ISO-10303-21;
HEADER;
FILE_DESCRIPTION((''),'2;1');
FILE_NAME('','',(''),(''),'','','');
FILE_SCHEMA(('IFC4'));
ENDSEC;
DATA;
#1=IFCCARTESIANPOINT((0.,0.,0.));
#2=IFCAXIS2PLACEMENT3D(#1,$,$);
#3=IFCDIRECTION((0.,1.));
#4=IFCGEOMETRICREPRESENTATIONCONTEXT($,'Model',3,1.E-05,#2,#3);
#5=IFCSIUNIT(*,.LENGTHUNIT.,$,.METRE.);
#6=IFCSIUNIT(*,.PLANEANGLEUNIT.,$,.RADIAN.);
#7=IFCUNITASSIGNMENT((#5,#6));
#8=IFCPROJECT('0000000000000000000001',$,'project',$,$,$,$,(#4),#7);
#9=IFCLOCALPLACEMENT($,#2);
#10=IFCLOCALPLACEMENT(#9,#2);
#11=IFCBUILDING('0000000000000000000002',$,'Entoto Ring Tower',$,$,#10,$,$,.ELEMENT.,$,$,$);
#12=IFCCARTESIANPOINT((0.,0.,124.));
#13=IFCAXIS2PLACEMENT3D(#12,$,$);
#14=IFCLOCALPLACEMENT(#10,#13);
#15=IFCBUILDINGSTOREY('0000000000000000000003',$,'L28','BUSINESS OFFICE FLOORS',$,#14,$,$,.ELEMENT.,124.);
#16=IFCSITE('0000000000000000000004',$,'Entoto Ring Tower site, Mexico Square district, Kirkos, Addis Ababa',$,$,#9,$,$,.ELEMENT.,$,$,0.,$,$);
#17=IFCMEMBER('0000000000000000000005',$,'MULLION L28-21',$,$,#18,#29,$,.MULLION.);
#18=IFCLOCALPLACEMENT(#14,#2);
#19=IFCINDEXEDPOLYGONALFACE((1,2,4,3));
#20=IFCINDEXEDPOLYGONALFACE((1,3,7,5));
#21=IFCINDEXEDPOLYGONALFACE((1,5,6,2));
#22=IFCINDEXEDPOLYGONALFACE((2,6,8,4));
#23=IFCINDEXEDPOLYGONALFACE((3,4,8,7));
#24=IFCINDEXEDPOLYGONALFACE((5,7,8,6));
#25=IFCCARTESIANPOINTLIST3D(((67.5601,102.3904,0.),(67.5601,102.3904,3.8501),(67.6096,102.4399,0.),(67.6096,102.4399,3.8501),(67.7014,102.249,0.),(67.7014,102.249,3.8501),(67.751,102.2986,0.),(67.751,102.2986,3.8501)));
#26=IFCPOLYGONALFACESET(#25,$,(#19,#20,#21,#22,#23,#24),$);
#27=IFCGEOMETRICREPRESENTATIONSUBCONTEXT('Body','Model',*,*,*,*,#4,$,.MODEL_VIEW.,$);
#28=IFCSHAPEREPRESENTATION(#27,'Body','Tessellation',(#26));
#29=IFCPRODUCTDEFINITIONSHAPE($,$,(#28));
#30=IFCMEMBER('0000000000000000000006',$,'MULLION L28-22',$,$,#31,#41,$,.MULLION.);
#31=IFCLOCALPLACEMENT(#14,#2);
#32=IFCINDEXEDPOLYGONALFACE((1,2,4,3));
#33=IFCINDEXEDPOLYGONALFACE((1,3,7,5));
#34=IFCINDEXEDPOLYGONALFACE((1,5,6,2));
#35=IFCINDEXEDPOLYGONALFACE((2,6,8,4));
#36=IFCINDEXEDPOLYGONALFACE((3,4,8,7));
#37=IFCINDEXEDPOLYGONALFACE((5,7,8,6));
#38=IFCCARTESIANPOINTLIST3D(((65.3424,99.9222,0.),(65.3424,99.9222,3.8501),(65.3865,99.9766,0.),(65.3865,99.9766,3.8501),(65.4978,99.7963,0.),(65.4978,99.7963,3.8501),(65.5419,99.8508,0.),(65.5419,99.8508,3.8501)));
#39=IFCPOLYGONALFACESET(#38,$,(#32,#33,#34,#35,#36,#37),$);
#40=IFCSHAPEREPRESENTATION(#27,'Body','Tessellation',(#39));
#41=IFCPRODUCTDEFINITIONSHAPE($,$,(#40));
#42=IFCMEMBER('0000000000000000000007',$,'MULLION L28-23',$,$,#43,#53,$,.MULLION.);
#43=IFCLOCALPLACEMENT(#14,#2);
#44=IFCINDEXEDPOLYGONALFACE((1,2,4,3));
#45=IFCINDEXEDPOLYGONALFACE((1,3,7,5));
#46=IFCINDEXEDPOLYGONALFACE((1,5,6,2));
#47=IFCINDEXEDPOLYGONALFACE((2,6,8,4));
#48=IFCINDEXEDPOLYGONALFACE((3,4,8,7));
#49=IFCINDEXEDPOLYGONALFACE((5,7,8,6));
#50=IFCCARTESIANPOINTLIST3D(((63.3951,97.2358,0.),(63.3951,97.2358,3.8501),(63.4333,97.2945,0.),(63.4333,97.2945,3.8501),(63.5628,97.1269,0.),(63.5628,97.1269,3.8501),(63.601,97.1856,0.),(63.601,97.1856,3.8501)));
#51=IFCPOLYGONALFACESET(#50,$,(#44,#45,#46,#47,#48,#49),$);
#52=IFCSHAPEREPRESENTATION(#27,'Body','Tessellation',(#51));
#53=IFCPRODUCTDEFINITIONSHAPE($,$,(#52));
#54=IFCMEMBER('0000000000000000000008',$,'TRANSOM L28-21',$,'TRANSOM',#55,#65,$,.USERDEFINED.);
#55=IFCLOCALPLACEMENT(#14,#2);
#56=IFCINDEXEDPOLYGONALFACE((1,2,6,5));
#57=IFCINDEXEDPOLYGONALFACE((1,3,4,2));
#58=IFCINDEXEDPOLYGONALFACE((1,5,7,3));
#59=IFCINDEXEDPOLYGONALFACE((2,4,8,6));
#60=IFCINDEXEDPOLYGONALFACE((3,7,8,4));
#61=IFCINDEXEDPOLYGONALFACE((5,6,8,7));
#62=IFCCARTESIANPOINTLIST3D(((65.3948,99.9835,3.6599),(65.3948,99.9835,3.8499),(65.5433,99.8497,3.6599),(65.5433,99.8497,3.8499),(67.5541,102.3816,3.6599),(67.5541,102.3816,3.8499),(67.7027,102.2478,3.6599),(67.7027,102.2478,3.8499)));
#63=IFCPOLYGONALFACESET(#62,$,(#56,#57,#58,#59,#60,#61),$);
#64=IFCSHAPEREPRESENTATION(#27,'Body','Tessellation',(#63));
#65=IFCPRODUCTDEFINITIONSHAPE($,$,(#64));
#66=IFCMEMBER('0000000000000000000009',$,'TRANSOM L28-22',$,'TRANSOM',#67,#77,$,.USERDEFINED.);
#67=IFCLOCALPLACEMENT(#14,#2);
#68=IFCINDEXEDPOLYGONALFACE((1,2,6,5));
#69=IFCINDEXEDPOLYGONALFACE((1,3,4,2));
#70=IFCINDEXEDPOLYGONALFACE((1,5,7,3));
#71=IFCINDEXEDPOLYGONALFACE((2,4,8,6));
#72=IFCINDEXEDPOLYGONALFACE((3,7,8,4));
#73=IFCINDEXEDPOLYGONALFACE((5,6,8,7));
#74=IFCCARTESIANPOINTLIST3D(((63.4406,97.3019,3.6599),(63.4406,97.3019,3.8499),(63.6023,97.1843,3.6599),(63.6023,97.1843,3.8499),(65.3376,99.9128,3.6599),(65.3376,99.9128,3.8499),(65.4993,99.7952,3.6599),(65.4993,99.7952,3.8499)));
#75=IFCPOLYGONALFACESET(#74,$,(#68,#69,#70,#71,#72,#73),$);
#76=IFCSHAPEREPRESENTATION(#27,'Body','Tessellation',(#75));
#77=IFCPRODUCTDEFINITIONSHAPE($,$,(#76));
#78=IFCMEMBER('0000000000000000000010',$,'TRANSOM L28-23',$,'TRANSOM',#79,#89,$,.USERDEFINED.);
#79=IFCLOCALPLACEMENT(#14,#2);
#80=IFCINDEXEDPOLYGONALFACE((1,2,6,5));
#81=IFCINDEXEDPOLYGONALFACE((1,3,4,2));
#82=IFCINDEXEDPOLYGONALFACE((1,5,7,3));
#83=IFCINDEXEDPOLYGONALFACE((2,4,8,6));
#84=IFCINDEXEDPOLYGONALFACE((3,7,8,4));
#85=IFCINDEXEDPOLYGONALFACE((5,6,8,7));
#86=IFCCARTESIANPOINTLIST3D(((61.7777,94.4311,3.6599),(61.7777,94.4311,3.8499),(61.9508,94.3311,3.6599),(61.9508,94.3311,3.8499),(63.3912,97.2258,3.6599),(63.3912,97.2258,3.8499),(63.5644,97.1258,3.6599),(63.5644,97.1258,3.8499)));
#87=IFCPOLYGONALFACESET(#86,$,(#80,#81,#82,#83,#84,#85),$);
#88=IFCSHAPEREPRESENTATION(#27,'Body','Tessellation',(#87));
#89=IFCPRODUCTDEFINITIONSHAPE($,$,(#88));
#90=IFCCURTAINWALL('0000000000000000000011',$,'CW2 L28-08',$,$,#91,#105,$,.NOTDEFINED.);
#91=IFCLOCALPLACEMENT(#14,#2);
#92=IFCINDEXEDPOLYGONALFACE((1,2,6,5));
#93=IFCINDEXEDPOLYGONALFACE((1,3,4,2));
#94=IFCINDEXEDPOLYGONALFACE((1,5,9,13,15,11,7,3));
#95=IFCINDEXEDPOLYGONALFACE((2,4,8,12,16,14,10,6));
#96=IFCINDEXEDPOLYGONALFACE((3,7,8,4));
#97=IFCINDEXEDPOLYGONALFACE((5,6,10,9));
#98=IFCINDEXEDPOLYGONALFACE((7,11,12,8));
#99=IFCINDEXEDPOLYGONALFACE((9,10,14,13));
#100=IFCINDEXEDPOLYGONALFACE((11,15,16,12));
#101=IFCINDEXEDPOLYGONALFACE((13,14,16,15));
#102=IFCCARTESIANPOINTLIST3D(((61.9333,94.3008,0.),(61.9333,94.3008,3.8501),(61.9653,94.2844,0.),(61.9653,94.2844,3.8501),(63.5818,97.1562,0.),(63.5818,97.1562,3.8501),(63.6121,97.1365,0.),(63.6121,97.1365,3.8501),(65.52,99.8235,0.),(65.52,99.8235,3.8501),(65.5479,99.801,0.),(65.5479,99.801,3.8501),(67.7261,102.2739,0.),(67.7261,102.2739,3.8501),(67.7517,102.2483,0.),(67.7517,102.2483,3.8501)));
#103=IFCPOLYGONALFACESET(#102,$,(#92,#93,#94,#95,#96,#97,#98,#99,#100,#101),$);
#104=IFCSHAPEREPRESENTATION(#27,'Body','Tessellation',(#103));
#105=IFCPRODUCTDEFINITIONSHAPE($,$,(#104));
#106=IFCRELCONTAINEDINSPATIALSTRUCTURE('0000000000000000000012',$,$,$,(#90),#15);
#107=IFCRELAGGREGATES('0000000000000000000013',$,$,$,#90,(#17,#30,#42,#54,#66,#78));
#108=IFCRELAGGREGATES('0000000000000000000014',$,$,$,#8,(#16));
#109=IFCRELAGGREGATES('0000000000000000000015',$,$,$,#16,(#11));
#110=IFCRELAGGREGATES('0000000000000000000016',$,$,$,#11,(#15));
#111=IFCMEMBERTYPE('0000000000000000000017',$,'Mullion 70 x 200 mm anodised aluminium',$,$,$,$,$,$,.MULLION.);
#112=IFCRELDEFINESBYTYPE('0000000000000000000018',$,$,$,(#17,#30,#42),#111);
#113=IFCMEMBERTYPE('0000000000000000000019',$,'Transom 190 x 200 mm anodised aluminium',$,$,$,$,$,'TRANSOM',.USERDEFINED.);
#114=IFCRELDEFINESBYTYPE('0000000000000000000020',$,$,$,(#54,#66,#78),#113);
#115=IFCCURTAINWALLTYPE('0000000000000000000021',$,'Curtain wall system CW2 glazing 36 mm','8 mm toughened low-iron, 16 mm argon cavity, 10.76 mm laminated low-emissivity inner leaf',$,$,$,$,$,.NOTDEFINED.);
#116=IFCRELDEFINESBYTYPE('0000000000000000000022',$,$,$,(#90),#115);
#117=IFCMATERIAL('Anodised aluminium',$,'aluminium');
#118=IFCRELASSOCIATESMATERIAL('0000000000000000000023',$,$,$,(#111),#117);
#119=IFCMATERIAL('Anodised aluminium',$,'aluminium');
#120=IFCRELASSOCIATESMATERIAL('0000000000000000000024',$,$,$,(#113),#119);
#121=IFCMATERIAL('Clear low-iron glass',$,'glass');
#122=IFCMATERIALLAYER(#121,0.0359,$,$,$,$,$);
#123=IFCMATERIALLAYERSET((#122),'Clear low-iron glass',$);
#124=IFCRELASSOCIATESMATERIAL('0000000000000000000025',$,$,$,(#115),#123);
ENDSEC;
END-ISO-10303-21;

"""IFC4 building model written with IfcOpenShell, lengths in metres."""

from ifc_helpers import new_model, si_unit, direction, frame, origin, origin_2d, place, context, subcontext, project, spatial, polyline, rectangle, outline, extrude, material, layer, layer_set, material_profile, profile_set, type_object, element, aggregate, save


model = new_model("IFC4")

# Units and contexts
model_context = context("Model", 3, precision=1e-05, world=origin(), true_north=direction((0.0, 1.0)))
body_context = subcontext(model_context, "Body", "Model", "MODEL_VIEW")
ifc_project = project(units=[si_unit("LENGTHUNIT", "METRE"), si_unit("PLANEANGLEUNIT", "RADIAN")], contexts=[model_context])

# Members
ifc_material_1 = material(Name="Anodised aluminium", Category="aluminium")
ifc_material_profile_1 = material_profile(ifc_material_1, rectangle(XDim=0.0701, YDim=0.2, at=origin_2d()), Name="Mullion 70 x 200 mm anodised aluminium")
ifc_profile_set_1 = profile_set([ifc_material_profile_1], Name="Anodised aluminium")
member_type_1 = type_object("IfcMemberType", Name="Mullion 70 x 200 mm anodised aluminium", PredefinedType="MULLION", material=ifc_profile_set_1)
site_placement = place(None, origin())
building_placement = place(site_placement, origin())
storey_placement = place(building_placement, frame((0.0, 0.0, 124.0)))
member_1_placement = place(storey_placement, frame((67.6555, 102.3445, 0.0), z_axis=(0.0, 0.0, 1.0), x_axis=(-0.707107, -0.707107, 0.0)))
member_1 = element("IfcMember", 1, at=member_1_placement, type_object=member_type_1, Name="MULLION L28-21", PredefinedType="MULLION", context=body_context, shape_type="SweptSolid", body=[
    extrude(rectangle(XDim=0.0701, YDim=0.2, at=origin_2d()), origin(), (0.0, 0.0, 1.0), 3.8501),
])
member_2_placement = place(storey_placement, frame((65.4421, 99.8865, 0.0), z_axis=(0.0, 0.0, 1.0), x_axis=(-0.62932, -0.777146, 0.0)))
member_2 = element("IfcMember", 2, at=member_2_placement, type_object=member_type_1, Name="MULLION L28-22", PredefinedType="MULLION", context=body_context, shape_type="SweptSolid", body=[
    extrude(rectangle(XDim=0.0701, YDim=0.2, at=origin_2d()), origin(), (0.0, 0.0, 1.0), 3.8501),
])
member_3_placement = place(storey_placement, frame((63.498, 97.2107, 0.0), z_axis=(0.0, 0.0, 1.0), x_axis=(-0.544639, -0.838671, 0.0)))
member_3 = element("IfcMember", 3, at=member_3_placement, type_object=member_type_1, Name="MULLION L28-23", PredefinedType="MULLION", context=body_context, shape_type="SweptSolid", body=[
    extrude(rectangle(XDim=0.0701, YDim=0.2, at=origin_2d()), origin(), (0.0, 0.0, 1.0), 3.8501),
])
ifc_material_2 = material(Name="Anodised aluminium", Category="aluminium")
ifc_material_profile_2 = material_profile(ifc_material_2, rectangle(XDim=0.2, YDim=0.1899, at=origin_2d()), Name="Transom 190 x 200 mm anodised aluminium")
ifc_profile_set_2 = profile_set([ifc_material_profile_2], Name="Anodised aluminium")
member_type_2 = type_object("IfcMemberType", Name="Transom 190 x 200 mm anodised aluminium", ElementType="TRANSOM", PredefinedType="USERDEFINED", material=ifc_profile_set_2)
member_4_placement = place(storey_placement, frame((67.6284, 102.3147, 3.7549), z_axis=(-0.669144, -0.743132, 0.0), x_axis=(0.743132, -0.669144, 0.0)))
member_4 = element("IfcMember", 4, at=member_4_placement, type_object=member_type_2, Name="TRANSOM L28-21", ObjectType="TRANSOM", PredefinedType="USERDEFINED", context=body_context, shape_type="SweptSolid", body=[
    extrude(rectangle(XDim=0.2, YDim=0.1899, at=origin_2d()), origin(), (0.0, 0.0, 1.0), 3.2271),
])
member_5_placement = place(storey_placement, frame((65.4185, 99.854, 3.7549), z_axis=(-0.587803, -0.809004, 0.0), x_axis=(0.809004, -0.587803, 0.0)))
member_5 = element("IfcMember", 5, at=member_5_placement, type_object=member_type_2, Name="TRANSOM L28-22", ObjectType="TRANSOM", PredefinedType="USERDEFINED", context=body_context, shape_type="SweptSolid", body=[
    extrude(rectangle(XDim=0.2, YDim=0.1899, at=origin_2d()), origin(), (0.0, 0.0, 1.0), 3.2273),
])
member_6_placement = place(storey_placement, frame((63.4778, 97.1758, 3.7549), z_axis=(-0.500004, -0.866023, 0.0), x_axis=(0.866023, -0.500004, 0.0)))
member_6 = element("IfcMember", 6, at=member_6_placement, type_object=member_type_2, Name="TRANSOM L28-23", ObjectType="TRANSOM", PredefinedType="USERDEFINED", context=body_context, shape_type="SweptSolid", body=[
    extrude(rectangle(XDim=0.2, YDim=0.1899, at=origin_2d()), origin(), (0.0, 0.0, 1.0), 3.2271),
])

# Site, building, storey
site = spatial("IfcSite", under=ifc_project, at=site_placement, Name="Entoto Ring Tower site, Mexico Square district, Kirkos, Addis Ababa", CompositionType="ELEMENT", RefElevation=0.0)
building = spatial("IfcBuilding", under=site, at=building_placement, Name="Entoto Ring Tower", CompositionType="ELEMENT")
storey = spatial("IfcBuildingStorey", under=building, at=storey_placement, Name="L28", Description="BUSINESS OFFICE FLOORS", CompositionType="ELEMENT", Elevation=124.0)

# Curtain wall
ifc_material_3 = material(Name="Clear low-iron glass", Category="glass")
ifc_layer = layer(ifc_material_3, 0.0359)
ifc_layer_set = layer_set([ifc_layer], Name="Clear low-iron glass")
curtain_wall_type = type_object("IfcCurtainWallType", Name="Curtain wall system CW2 glazing 36 mm", Description="8 mm toughened low-iron, 16 mm argon cavity, 10.76 mm laminated low-emissivity inner leaf", PredefinedType="NOTDEFINED", material=ifc_layer_set)
curtain_wall_1_placement = place(storey_placement, origin())
curtain_wall_1 = element("IfcCurtainWall", 7, at=curtain_wall_1_placement, inside=storey, type_object=curtain_wall_type, Name="CW2 L28-08", PredefinedType="NOTDEFINED", context=body_context, shape_type="SweptSolid", body=[
    extrude(outline(polyline([(67.7261, 102.2739), (65.52, 99.8235), (63.5818, 97.1562), (61.9333, 94.3008), (61.9653, 94.2844), (63.6121, 97.1365), (65.5479, 99.801), (67.7517, 102.2483), (67.7261, 102.2739)])), origin(), (0.0, 0.0, 1.0), 3.8501),
])
aggregate(curtain_wall_1, [member_1, member_2, member_3, member_4, member_5, member_6])

save(model, "model.ifc")
